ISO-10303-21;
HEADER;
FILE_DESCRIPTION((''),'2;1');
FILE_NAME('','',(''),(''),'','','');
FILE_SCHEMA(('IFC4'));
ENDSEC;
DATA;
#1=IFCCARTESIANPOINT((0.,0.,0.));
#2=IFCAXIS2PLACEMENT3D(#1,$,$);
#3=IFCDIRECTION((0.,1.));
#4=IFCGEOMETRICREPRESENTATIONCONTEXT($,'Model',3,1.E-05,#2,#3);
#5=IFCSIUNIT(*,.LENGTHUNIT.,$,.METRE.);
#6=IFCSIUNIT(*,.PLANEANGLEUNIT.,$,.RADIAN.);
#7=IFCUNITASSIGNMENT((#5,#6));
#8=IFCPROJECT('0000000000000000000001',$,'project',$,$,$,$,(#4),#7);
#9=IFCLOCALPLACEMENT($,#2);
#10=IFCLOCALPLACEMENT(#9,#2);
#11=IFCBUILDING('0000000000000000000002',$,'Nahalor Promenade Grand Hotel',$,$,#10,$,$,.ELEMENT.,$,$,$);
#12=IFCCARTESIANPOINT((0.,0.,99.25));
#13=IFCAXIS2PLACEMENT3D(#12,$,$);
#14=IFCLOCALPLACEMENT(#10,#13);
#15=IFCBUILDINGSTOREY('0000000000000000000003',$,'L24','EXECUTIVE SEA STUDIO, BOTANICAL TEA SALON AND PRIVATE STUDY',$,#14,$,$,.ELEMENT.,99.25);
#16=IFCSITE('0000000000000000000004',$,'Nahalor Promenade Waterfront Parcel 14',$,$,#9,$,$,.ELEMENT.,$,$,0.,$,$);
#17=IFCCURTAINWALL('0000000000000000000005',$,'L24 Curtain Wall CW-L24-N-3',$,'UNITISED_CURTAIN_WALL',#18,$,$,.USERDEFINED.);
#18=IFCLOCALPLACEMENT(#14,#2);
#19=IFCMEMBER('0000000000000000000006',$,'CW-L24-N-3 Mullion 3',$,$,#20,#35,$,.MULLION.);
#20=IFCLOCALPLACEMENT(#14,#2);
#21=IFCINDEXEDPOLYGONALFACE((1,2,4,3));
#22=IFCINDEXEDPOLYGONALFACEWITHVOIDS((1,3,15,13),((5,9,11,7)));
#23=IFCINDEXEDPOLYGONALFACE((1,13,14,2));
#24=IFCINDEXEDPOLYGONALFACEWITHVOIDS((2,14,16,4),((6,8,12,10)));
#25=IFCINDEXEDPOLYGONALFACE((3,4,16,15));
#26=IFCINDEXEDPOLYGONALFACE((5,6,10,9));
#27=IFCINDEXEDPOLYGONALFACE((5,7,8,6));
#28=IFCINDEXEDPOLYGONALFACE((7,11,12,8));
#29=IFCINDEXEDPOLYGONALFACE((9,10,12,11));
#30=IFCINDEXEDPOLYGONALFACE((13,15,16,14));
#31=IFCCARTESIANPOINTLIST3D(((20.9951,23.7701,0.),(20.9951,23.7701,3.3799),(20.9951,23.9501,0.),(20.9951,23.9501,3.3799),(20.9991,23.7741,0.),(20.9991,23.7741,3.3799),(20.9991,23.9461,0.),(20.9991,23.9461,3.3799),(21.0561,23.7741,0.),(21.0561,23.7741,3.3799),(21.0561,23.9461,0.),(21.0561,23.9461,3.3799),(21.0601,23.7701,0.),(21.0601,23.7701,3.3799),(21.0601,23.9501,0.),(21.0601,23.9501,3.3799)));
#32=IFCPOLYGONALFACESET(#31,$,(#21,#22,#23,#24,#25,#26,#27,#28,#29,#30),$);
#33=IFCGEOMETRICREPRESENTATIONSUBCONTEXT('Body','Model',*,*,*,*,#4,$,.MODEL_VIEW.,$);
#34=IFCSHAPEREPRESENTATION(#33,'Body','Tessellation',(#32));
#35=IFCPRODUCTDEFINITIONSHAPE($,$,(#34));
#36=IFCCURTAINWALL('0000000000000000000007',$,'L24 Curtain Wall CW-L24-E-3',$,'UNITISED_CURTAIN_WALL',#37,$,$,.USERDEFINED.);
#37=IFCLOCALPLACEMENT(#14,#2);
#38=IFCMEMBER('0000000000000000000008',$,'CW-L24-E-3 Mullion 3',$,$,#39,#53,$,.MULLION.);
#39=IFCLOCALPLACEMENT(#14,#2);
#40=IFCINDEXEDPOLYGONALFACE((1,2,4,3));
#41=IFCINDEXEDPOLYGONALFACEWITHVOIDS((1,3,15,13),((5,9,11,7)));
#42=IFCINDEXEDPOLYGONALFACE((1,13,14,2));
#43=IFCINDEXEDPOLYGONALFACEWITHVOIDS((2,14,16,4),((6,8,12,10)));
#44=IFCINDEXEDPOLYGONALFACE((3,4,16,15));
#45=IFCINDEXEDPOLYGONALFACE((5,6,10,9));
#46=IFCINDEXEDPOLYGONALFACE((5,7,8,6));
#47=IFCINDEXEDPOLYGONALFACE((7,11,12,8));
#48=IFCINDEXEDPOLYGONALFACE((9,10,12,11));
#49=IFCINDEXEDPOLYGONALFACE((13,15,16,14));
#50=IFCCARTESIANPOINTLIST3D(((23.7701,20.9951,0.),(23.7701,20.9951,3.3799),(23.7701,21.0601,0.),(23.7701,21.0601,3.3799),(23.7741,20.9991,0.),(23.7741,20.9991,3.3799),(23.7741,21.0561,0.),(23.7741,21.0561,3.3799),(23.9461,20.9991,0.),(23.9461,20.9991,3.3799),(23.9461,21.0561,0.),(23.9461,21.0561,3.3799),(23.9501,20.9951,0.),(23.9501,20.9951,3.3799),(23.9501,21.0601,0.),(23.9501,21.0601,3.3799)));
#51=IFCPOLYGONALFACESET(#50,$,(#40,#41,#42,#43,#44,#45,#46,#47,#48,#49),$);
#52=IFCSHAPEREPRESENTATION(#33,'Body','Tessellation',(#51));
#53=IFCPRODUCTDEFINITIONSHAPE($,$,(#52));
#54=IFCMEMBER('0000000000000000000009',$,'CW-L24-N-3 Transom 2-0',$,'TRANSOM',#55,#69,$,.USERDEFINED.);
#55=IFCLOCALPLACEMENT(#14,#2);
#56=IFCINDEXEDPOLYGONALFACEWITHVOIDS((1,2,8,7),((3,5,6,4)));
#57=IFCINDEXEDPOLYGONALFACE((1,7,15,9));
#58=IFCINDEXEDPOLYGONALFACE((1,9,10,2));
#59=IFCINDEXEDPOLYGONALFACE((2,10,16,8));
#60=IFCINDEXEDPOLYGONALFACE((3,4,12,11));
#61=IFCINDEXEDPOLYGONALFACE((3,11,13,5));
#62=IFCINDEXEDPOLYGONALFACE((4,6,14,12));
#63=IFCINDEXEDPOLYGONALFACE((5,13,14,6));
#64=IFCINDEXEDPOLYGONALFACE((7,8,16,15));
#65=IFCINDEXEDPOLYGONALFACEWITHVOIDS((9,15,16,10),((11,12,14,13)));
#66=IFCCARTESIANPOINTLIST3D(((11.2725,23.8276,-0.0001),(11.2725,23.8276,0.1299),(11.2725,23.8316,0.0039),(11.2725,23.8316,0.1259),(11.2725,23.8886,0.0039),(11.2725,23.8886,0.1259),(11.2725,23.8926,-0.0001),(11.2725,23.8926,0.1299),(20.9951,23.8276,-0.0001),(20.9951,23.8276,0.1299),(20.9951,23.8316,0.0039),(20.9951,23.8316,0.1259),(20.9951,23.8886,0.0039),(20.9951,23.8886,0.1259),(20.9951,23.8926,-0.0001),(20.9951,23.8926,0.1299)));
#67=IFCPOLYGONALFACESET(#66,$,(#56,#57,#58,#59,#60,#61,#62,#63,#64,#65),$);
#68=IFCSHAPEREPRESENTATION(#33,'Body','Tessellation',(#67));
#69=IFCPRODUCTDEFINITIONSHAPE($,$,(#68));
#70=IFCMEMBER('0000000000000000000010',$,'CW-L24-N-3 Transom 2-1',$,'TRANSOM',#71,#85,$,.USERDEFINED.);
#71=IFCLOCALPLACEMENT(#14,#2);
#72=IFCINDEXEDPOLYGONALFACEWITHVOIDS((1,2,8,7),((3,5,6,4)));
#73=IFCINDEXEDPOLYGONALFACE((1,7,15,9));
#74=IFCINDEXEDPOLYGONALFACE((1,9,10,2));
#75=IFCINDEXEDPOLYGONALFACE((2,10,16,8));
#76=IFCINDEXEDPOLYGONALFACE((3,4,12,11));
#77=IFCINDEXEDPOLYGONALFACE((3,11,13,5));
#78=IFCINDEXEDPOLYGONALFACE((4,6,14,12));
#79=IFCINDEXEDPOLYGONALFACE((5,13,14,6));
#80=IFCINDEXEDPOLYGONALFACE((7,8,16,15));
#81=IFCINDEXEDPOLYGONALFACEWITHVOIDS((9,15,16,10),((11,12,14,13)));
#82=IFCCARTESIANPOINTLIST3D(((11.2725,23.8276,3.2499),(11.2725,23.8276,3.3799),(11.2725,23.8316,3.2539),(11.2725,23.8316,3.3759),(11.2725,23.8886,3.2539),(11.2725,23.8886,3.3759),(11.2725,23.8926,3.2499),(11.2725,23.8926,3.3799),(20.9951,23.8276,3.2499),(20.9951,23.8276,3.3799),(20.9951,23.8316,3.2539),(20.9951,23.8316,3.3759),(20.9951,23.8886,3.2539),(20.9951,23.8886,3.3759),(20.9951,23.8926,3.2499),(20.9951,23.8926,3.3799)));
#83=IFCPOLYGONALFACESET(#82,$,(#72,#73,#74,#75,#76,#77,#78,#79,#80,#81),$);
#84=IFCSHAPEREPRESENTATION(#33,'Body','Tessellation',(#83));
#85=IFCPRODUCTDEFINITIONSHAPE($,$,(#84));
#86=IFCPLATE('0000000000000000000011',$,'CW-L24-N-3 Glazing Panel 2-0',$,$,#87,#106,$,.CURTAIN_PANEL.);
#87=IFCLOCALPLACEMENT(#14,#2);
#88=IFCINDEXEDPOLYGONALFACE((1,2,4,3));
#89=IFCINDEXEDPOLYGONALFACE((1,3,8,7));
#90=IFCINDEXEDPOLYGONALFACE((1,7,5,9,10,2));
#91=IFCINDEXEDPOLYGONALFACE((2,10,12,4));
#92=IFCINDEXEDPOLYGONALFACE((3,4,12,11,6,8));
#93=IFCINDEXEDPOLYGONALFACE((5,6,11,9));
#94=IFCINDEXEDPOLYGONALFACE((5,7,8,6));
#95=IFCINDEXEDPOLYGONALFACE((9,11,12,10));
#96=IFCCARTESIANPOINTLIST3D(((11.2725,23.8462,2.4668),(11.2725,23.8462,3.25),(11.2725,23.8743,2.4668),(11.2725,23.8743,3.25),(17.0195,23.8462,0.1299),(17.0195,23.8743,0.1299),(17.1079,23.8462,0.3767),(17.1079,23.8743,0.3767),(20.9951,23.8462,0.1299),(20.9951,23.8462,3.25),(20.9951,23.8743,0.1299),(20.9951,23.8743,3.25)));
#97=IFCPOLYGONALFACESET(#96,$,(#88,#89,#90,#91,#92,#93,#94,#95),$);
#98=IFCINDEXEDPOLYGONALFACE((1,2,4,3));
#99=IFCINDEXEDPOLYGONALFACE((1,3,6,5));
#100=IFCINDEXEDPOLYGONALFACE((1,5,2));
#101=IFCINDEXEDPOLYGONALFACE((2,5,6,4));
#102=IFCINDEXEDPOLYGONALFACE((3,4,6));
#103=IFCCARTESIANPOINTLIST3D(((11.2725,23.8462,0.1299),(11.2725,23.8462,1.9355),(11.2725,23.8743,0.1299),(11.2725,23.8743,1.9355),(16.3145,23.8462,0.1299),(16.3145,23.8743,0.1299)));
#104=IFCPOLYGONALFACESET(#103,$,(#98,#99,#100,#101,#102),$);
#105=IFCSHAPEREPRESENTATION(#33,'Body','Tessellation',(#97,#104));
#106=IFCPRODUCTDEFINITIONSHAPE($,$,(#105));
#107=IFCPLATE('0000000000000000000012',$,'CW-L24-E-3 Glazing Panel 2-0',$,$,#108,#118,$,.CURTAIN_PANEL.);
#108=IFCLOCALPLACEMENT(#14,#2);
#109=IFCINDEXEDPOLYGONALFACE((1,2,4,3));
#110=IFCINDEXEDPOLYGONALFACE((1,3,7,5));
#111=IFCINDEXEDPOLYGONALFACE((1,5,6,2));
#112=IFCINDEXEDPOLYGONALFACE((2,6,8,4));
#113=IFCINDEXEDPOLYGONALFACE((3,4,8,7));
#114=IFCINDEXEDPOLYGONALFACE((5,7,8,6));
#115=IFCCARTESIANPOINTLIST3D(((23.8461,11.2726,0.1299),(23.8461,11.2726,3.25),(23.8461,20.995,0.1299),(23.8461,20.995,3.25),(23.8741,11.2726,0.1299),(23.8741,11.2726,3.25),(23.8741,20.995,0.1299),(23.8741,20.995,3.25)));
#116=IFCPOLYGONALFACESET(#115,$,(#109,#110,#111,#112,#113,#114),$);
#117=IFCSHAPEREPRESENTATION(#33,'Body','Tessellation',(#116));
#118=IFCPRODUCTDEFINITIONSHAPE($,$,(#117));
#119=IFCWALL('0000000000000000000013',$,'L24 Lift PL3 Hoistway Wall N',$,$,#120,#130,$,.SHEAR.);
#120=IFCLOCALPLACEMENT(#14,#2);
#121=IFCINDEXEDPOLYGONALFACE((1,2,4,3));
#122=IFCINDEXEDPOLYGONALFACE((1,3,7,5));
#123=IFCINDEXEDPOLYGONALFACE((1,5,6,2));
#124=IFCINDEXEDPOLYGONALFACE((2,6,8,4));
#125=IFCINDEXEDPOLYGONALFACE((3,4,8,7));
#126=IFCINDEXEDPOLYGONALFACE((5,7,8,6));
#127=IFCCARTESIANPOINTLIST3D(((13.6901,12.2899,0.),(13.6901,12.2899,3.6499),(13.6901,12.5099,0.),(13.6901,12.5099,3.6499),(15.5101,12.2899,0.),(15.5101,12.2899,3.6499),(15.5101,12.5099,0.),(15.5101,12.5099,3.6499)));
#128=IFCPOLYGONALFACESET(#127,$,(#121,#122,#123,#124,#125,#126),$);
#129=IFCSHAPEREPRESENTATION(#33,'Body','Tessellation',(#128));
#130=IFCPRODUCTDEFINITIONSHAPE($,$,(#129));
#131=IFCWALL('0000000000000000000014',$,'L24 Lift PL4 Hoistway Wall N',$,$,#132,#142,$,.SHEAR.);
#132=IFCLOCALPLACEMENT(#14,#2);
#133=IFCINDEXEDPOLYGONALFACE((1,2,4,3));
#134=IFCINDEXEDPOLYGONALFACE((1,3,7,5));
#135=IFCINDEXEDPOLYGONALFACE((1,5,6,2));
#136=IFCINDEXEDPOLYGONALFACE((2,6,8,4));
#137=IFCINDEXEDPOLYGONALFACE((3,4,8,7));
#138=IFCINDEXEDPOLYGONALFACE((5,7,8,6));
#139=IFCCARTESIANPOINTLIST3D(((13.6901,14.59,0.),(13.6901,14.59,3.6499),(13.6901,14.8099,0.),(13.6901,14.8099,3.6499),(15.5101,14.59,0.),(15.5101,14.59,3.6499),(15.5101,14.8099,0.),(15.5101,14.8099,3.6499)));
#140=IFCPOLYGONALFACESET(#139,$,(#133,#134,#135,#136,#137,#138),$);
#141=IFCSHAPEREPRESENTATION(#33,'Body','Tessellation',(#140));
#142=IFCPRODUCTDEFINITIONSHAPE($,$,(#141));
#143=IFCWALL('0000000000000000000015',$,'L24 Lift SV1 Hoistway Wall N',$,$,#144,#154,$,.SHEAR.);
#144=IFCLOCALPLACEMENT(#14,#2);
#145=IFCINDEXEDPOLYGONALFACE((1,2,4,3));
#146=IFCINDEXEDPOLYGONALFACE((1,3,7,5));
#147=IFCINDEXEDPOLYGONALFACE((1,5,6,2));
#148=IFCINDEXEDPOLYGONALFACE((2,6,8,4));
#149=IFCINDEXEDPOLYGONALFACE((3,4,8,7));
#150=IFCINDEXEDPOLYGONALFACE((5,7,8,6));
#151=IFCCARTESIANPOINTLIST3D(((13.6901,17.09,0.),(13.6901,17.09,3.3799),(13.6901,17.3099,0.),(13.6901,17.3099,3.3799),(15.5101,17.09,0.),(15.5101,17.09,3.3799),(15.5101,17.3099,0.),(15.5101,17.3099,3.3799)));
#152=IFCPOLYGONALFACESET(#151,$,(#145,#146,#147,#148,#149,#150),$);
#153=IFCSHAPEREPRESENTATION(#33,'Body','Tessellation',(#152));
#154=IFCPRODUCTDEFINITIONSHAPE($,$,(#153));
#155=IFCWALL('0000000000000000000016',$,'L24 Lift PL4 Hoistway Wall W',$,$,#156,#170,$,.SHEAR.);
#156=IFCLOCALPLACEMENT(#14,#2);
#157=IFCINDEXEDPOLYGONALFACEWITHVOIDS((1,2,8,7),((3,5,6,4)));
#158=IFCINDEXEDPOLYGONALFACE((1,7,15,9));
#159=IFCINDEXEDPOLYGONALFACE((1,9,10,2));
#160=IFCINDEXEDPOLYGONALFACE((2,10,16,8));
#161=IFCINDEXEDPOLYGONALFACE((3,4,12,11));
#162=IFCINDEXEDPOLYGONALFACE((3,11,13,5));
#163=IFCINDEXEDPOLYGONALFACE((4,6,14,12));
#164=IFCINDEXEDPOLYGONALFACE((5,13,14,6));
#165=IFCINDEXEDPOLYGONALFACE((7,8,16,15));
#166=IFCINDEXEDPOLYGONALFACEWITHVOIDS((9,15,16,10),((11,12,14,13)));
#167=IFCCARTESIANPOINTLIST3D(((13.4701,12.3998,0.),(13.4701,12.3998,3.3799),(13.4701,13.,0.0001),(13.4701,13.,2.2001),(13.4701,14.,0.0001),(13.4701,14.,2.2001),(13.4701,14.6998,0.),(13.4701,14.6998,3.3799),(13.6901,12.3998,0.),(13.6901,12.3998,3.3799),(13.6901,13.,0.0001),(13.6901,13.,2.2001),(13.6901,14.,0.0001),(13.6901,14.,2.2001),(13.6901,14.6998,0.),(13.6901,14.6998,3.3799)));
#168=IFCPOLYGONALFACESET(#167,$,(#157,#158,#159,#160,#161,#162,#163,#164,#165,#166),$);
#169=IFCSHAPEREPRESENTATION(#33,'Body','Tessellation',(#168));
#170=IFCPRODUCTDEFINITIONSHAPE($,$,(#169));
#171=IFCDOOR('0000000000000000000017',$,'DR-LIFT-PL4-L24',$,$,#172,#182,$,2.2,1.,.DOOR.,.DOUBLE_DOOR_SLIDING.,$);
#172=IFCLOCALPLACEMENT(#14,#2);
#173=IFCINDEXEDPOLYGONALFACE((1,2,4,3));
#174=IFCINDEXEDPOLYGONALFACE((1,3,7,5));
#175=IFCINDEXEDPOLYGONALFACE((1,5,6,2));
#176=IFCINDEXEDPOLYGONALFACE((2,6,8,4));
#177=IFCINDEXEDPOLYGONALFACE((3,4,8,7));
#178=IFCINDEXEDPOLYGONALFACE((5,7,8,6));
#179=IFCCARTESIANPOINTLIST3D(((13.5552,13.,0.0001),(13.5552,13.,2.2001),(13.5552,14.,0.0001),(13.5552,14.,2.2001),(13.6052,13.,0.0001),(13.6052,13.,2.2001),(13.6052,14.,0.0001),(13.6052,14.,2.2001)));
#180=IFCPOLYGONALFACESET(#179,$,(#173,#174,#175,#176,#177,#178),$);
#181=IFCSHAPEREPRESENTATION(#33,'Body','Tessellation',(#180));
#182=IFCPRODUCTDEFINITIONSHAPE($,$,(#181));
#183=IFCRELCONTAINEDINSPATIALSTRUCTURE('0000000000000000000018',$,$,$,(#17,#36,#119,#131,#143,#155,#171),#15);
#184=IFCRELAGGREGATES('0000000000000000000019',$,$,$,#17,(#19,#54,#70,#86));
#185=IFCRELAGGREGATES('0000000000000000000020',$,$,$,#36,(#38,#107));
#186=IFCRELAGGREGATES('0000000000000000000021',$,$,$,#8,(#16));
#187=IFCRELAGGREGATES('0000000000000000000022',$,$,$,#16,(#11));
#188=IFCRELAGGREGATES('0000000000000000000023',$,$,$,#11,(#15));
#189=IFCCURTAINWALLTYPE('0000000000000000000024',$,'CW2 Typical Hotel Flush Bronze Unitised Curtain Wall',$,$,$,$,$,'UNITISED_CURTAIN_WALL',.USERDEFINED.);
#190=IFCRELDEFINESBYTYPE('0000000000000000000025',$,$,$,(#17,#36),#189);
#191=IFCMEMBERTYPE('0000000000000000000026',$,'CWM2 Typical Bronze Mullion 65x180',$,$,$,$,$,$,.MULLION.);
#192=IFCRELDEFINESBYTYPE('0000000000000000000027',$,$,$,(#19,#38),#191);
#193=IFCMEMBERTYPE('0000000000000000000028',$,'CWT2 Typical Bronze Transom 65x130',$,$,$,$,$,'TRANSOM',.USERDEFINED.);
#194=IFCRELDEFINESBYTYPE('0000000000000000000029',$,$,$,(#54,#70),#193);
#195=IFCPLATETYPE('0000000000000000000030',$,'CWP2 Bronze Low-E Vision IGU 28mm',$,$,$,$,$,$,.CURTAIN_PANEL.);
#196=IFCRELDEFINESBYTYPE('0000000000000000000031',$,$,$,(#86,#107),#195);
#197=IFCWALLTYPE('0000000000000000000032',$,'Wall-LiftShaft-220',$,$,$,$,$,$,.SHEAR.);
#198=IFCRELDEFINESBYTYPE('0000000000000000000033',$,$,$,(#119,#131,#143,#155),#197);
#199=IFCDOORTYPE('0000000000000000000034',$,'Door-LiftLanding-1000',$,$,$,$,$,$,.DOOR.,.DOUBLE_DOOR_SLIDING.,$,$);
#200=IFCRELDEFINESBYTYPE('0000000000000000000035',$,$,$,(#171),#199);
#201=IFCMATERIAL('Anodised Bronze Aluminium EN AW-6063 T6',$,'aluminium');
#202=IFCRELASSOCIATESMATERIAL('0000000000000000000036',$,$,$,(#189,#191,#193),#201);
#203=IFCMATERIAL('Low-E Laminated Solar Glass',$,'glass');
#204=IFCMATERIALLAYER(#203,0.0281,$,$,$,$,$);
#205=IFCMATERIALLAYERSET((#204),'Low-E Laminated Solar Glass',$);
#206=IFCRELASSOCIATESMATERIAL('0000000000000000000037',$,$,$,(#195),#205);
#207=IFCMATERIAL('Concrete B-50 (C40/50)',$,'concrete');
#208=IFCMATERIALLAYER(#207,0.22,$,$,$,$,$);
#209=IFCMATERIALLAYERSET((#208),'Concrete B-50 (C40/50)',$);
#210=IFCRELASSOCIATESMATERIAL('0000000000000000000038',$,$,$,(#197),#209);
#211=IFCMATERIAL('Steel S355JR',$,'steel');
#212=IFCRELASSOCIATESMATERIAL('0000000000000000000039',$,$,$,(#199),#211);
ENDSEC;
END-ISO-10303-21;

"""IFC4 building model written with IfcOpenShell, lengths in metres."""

from ifc_helpers import new_model, si_unit, direction, frame, frame_2d, origin, origin_2d, place, context, subcontext, project, spatial, polyline, rectangle, hollow_rectangle, outline, extrude, source, transform, mapped, material, layer, layer_set, material_profile, profile_set, type_object, element, fill, aggregate, save


model = new_model("IFC4")

# Units and contexts
model_context = context("Model", 3, precision=1e-05, world=origin(), true_north=direction((0.0, 1.0)))
body_context = subcontext(model_context, "Body", "Model", "MODEL_VIEW")
ifc_project = project(units=[si_unit("LENGTHUNIT", "METRE"), si_unit("PLANEANGLEUNIT", "RADIAN")], contexts=[model_context])

# Site, building, storey
site_placement = place(None, origin())
site = spatial("IfcSite", under=ifc_project, at=site_placement, Name="Nahalor Promenade Waterfront Parcel 14", CompositionType="ELEMENT", RefElevation=0.0)
building_placement = place(site_placement, origin())
building = spatial("IfcBuilding", under=site, at=building_placement, Name="Nahalor Promenade Grand Hotel", CompositionType="ELEMENT")
storey_placement = place(building_placement, frame((0.0, 0.0, 99.25)))
storey = spatial("IfcBuildingStorey", under=building, at=storey_placement, Name="L24", Description="EXECUTIVE SEA STUDIO, BOTANICAL TEA SALON AND PRIVATE STUDY", CompositionType="ELEMENT", Elevation=99.25)

# Shared definitions
ifc_material_1 = material(Name="Steel S355JR", Category="steel")

# Curtain walls, members
ifc_material_2 = material(Name="Anodised Bronze Aluminium EN AW-6063 T6", Category="aluminium")
curtain_wall_type = type_object("IfcCurtainWallType", Name="CW2 Typical Hotel Flush Bronze Unitised Curtain Wall", ElementType="UNITISED_CURTAIN_WALL", PredefinedType="USERDEFINED", material=ifc_material_2)
curtain_wall_1_placement = place(storey_placement, origin())
curtain_wall_1 = element("IfcCurtainWall", 1, at=curtain_wall_1_placement, inside=storey, type_object=curtain_wall_type, Name="L24 Curtain Wall CW-L24-N-3", ObjectType="UNITISED_CURTAIN_WALL", PredefinedType="USERDEFINED")
ifc_material_profile_1 = material_profile(ifc_material_2, hollow_rectangle(XDim=0.065, YDim=0.18, WallThickness=0.004, at=origin_2d()), Name="CWM 65x180x4")
ifc_profile_set_1 = profile_set([ifc_material_profile_1], Name="Anodised Bronze Aluminium EN AW-6063 T6")
member_type_1 = type_object("IfcMemberType", Name="CWM2 Typical Bronze Mullion 65x180", PredefinedType="MULLION", material=ifc_profile_set_1)
shared_shape_1 = source(origin(), body_context, "Body", "SweptSolid", [
    extrude(hollow_rectangle(XDim=0.065, YDim=0.18, WallThickness=0.004, at=origin_2d()), origin(), (0.0, 0.0, 1.0), 3.3799),
])
member_1_placement = place(storey_placement, frame((21.0276, 23.8601, 0.0), z_axis=(0.0, 0.0, 1.0), x_axis=(1.0, 0.0, 0.0)))
member_1 = element("IfcMember", 2, at=member_1_placement, type_object=member_type_1, Name="CW-L24-N-3 Mullion 3", PredefinedType="MULLION", context=body_context, shape_type="MappedRepresentation", body=[
    mapped(shared_shape_1, transform((0.0, 0.0, 0.0), scale=1.0)),
])
curtain_wall_2_placement = place(storey_placement, origin())
curtain_wall_2 = element("IfcCurtainWall", 3, at=curtain_wall_2_placement, inside=storey, type_object=curtain_wall_type, Name="L24 Curtain Wall CW-L24-E-3", ObjectType="UNITISED_CURTAIN_WALL", PredefinedType="USERDEFINED")
member_2_placement = place(storey_placement, frame((23.8601, 21.0276, 0.0), z_axis=(0.0, 0.0, 1.0), x_axis=(0.0, 1.0, 0.0)))
member_2 = element("IfcMember", 4, at=member_2_placement, type_object=member_type_1, Name="CW-L24-E-3 Mullion 3", PredefinedType="MULLION", context=body_context, shape_type="MappedRepresentation", body=[
    mapped(shared_shape_1, transform((0.0, 0.0, 0.0), scale=1.0)),
])

# Members
ifc_material_profile_2 = material_profile(ifc_material_2, hollow_rectangle(XDim=0.065, YDim=0.13, WallThickness=0.004, at=origin_2d()), Name="CWT 65x130x4")
ifc_profile_set_2 = profile_set([ifc_material_profile_2], Name="Anodised Bronze Aluminium EN AW-6063 T6")
member_type_2 = type_object("IfcMemberType", Name="CWT2 Typical Bronze Transom 65x130", ElementType="TRANSOM", PredefinedType="USERDEFINED", material=ifc_profile_set_2)
shared_shape_2 = source(origin(), body_context, "Body", "SweptSolid", [
    extrude(hollow_rectangle(XDim=0.065, YDim=0.13, WallThickness=0.004, at=origin_2d()), origin(), (0.0, 0.0, 1.0), 9.7227),
])
member_3_placement = place(storey_placement, frame((11.2725, 23.8601, 0.0649), z_axis=(1.0, 0.0, 0.0), x_axis=(0.0, 1.0, 0.0)))
member_3 = element("IfcMember", 5, at=member_3_placement, type_object=member_type_2, Name="CW-L24-N-3 Transom 2-0", ObjectType="TRANSOM", PredefinedType="USERDEFINED", context=body_context, shape_type="MappedRepresentation", body=[
    mapped(shared_shape_2, transform((0.0, 0.0, 0.0), scale=1.0)),
])
member_4_placement = place(storey_placement, frame((11.2725, 23.8601, 3.3149), z_axis=(1.0, 0.0, 0.0), x_axis=(0.0, 1.0, 0.0)))
member_4 = element("IfcMember", 6, at=member_4_placement, type_object=member_type_2, Name="CW-L24-N-3 Transom 2-1", ObjectType="TRANSOM", PredefinedType="USERDEFINED", context=body_context, shape_type="MappedRepresentation", body=[
    mapped(shared_shape_2, transform((0.0, 0.0, 0.0), scale=1.0)),
])

# Plates
ifc_material_3 = material(Name="Low-E Laminated Solar Glass", Category="glass")
ifc_layer_1 = layer(ifc_material_3, 0.0281)
ifc_layer_set_1 = layer_set([ifc_layer_1], Name="Low-E Laminated Solar Glass")
plate_type = type_object("IfcPlateType", Name="CWP2 Bronze Low-E Vision IGU 28mm", PredefinedType="CURTAIN_PANEL", material=ifc_layer_set_1)
plate_1_placement = place(storey_placement, frame((16.1338, 23.8601, 0.1299), z_axis=(0.0, 0.0, 1.0), x_axis=(1.0, 0.0, 0.0)))
plate_1 = element("IfcPlate", 7, at=plate_1_placement, type_object=plate_type, Name="CW-L24-N-3 Glazing Panel 2-0", PredefinedType="CURTAIN_PANEL", context=body_context, shape_type="SweptSolid", body=[
    extrude(outline(polyline([(4.8613, 3.1201), (-4.8613, 3.1201), (-4.8613, 2.3369), (0.9741, 0.2468), (0.8857, 0.0), (4.8613, 0.0), (4.8613, 3.1201)])), frame((0.0, 0.0142, 0.0), z_axis=(0.0, -1.0, 0.0), x_axis=(1.0, 0.0, 0.0)), (0.0, 0.0, 1.0), 0.0281),
    extrude(outline(polyline([(-4.8613, 1.8057), (-4.8613, 0.0), (0.1807, 0.0), (-4.8613, 1.8057)])), frame((0.0, 0.0142, 0.0), z_axis=(0.0, -1.0, 0.0), x_axis=(1.0, 0.0, 0.0)), (0.0, 0.0, 1.0), 0.0281),
])
aggregate(curtain_wall_1, [member_1, member_3, member_4, plate_1])
shared_shape_3 = source(origin(), body_context, "Body", "SweptSolid", [
    extrude(rectangle(XDim=9.7224, YDim=0.0281, at=origin_2d()), origin(), (0.0, 0.0, 1.0), 3.1201),
])
plate_2_placement = place(storey_placement, frame((23.8601, 16.1338, 0.1299), z_axis=(0.0, 0.0, 1.0), x_axis=(0.0, 1.0, 0.0)))
plate_2 = element("IfcPlate", 8, at=plate_2_placement, type_object=plate_type, Name="CW-L24-E-3 Glazing Panel 2-0", PredefinedType="CURTAIN_PANEL", context=body_context, shape_type="MappedRepresentation", body=[
    mapped(shared_shape_3, transform((0.0, 0.0, 0.0), scale=1.0)),
])
aggregate(curtain_wall_2, [member_2, plate_2])

# Walls
ifc_material_4 = material(Name="Concrete B-50 (C40/50)", Category="concrete")
ifc_layer_2 = layer(ifc_material_4, 0.22)
ifc_layer_set_2 = layer_set([ifc_layer_2], Name="Concrete B-50 (C40/50)")
wall_type_1 = type_object("IfcWallType", Name="Wall-LiftShaft-220", PredefinedType="SHEAR", material=ifc_layer_set_2)
shared_shape_4 = source(origin(), body_context, "Body", "SweptSolid", [
    extrude(rectangle(XDim=1.8201, YDim=0.22, at=frame_2d((0.9102, 0.0))), origin(), (0.0, 0.0, 1.0), 3.6499),
])
for number, where, z_axis, x_axis, name in (
    (9, (13.6899, 12.3999, 0.0), (0.0, 0.0, 1.0), (1.0, 0.0, 0.0), "L24 Lift PL3 Hoistway Wall N"),
    (10, (13.6899, 14.7, 0.0), (0.0, 0.0, 1.0), (1.0, 0.0, 0.0), "L24 Lift PL4 Hoistway Wall N"),
):
    element("IfcWall", number, at=place(storey_placement, frame(where, z_axis=z_axis, x_axis=x_axis)), inside=storey, type_object=wall_type_1, Name=name, PredefinedType="SHEAR", context=body_context, shape_type="MappedRepresentation", body=[
        mapped(shared_shape_4, transform((0.0, 0.0, 0.0), scale=1.0)),
    ])
shared_shape_5 = source(origin(), body_context, "Body", "SweptSolid", [
    extrude(rectangle(XDim=1.8201, YDim=0.22, at=frame_2d((0.9102, 0.0))), origin(), (0.0, 0.0, 1.0), 3.3799),
])
wall_1_placement = place(storey_placement, frame((13.6899, 17.2, 0.0), z_axis=(0.0, 0.0, 1.0), x_axis=(1.0, 0.0, 0.0)))
element("IfcWall", 11, at=wall_1_placement, inside=storey, type_object=wall_type_1, Name="L24 Lift SV1 Hoistway Wall N", PredefinedType="SHEAR", context=body_context, shape_type="MappedRepresentation", body=[
    mapped(shared_shape_5, transform((0.0, 0.0, 0.0), scale=1.0)),
])

# Wall, opening, door
shared_shape_6 = source(origin(), body_context, "Body", "SweptSolid", [
    extrude(rectangle(XDim=2.3, YDim=0.22, at=frame_2d((1.1499, 0.0))), origin(), (0.0, 0.0, 1.0), 3.3799),
])
wall_2_placement = place(storey_placement, frame((13.5801, 12.3999, 0.0), z_axis=(0.0, 0.0, 1.0), x_axis=(0.0, 1.0, 0.0)))
wall_2 = element("IfcWall", 12, at=wall_2_placement, inside=storey, type_object=wall_type_1, Name="L24 Lift PL4 Hoistway Wall W", PredefinedType="SHEAR", context=body_context, shape_type="MappedRepresentation", body=[
    mapped(shared_shape_6, transform((0.0, 0.0, 0.0), scale=1.0)),
])
opening_1_placement = place(wall_2_placement, frame((0.6001, 0.0, 0.0)))
opening_1 = element("IfcOpeningElement", 13, at=opening_1_placement, cuts=wall_2, PredefinedType="OPENING", context=body_context, shape_type="SweptSolid", body=[
    extrude(rectangle(XDim=1.0, YDim=2.2, at=frame_2d((0.5, 1.1001))), frame((0.0, 0.1199, 0.0), z_axis=(0.0, -1.0, 0.0), x_axis=(1.0, 0.0, 0.0)), (0.0, 0.0, 1.0), 0.24),
])
door_type_1 = type_object("IfcDoorType", Name="Door-LiftLanding-1000", OperationType="DOUBLE_DOOR_SLIDING", PredefinedType="DOOR", material=ifc_material_1)
shared_shape_7 = source(origin(), body_context, "Body", "SweptSolid", [
    extrude(rectangle(XDim=1.0, YDim=2.2, at=frame_2d((0.5, 1.1001))), frame((0.0, 0.0249, 0.0), z_axis=(0.0, -1.0, 0.0), x_axis=(1.0, 0.0, 0.0)), (0.0, 0.0, 1.0), 0.05),
])
door_1_placement = place(opening_1_placement, origin())
door_1 = element("IfcDoor", 14, at=door_1_placement, inside=storey, type_object=door_type_1, Name="DR-LIFT-PL4-L24", OperationType="DOUBLE_DOOR_SLIDING", OverallHeight=2.2, OverallWidth=1.0, PredefinedType="DOOR", context=body_context, shape_type="MappedRepresentation", body=[
    mapped(shared_shape_7, transform((0.0, 0.0, 0.0), scale=1.0)),
])
fill(opening_1, door_1)

save(model, "model.ifc")
